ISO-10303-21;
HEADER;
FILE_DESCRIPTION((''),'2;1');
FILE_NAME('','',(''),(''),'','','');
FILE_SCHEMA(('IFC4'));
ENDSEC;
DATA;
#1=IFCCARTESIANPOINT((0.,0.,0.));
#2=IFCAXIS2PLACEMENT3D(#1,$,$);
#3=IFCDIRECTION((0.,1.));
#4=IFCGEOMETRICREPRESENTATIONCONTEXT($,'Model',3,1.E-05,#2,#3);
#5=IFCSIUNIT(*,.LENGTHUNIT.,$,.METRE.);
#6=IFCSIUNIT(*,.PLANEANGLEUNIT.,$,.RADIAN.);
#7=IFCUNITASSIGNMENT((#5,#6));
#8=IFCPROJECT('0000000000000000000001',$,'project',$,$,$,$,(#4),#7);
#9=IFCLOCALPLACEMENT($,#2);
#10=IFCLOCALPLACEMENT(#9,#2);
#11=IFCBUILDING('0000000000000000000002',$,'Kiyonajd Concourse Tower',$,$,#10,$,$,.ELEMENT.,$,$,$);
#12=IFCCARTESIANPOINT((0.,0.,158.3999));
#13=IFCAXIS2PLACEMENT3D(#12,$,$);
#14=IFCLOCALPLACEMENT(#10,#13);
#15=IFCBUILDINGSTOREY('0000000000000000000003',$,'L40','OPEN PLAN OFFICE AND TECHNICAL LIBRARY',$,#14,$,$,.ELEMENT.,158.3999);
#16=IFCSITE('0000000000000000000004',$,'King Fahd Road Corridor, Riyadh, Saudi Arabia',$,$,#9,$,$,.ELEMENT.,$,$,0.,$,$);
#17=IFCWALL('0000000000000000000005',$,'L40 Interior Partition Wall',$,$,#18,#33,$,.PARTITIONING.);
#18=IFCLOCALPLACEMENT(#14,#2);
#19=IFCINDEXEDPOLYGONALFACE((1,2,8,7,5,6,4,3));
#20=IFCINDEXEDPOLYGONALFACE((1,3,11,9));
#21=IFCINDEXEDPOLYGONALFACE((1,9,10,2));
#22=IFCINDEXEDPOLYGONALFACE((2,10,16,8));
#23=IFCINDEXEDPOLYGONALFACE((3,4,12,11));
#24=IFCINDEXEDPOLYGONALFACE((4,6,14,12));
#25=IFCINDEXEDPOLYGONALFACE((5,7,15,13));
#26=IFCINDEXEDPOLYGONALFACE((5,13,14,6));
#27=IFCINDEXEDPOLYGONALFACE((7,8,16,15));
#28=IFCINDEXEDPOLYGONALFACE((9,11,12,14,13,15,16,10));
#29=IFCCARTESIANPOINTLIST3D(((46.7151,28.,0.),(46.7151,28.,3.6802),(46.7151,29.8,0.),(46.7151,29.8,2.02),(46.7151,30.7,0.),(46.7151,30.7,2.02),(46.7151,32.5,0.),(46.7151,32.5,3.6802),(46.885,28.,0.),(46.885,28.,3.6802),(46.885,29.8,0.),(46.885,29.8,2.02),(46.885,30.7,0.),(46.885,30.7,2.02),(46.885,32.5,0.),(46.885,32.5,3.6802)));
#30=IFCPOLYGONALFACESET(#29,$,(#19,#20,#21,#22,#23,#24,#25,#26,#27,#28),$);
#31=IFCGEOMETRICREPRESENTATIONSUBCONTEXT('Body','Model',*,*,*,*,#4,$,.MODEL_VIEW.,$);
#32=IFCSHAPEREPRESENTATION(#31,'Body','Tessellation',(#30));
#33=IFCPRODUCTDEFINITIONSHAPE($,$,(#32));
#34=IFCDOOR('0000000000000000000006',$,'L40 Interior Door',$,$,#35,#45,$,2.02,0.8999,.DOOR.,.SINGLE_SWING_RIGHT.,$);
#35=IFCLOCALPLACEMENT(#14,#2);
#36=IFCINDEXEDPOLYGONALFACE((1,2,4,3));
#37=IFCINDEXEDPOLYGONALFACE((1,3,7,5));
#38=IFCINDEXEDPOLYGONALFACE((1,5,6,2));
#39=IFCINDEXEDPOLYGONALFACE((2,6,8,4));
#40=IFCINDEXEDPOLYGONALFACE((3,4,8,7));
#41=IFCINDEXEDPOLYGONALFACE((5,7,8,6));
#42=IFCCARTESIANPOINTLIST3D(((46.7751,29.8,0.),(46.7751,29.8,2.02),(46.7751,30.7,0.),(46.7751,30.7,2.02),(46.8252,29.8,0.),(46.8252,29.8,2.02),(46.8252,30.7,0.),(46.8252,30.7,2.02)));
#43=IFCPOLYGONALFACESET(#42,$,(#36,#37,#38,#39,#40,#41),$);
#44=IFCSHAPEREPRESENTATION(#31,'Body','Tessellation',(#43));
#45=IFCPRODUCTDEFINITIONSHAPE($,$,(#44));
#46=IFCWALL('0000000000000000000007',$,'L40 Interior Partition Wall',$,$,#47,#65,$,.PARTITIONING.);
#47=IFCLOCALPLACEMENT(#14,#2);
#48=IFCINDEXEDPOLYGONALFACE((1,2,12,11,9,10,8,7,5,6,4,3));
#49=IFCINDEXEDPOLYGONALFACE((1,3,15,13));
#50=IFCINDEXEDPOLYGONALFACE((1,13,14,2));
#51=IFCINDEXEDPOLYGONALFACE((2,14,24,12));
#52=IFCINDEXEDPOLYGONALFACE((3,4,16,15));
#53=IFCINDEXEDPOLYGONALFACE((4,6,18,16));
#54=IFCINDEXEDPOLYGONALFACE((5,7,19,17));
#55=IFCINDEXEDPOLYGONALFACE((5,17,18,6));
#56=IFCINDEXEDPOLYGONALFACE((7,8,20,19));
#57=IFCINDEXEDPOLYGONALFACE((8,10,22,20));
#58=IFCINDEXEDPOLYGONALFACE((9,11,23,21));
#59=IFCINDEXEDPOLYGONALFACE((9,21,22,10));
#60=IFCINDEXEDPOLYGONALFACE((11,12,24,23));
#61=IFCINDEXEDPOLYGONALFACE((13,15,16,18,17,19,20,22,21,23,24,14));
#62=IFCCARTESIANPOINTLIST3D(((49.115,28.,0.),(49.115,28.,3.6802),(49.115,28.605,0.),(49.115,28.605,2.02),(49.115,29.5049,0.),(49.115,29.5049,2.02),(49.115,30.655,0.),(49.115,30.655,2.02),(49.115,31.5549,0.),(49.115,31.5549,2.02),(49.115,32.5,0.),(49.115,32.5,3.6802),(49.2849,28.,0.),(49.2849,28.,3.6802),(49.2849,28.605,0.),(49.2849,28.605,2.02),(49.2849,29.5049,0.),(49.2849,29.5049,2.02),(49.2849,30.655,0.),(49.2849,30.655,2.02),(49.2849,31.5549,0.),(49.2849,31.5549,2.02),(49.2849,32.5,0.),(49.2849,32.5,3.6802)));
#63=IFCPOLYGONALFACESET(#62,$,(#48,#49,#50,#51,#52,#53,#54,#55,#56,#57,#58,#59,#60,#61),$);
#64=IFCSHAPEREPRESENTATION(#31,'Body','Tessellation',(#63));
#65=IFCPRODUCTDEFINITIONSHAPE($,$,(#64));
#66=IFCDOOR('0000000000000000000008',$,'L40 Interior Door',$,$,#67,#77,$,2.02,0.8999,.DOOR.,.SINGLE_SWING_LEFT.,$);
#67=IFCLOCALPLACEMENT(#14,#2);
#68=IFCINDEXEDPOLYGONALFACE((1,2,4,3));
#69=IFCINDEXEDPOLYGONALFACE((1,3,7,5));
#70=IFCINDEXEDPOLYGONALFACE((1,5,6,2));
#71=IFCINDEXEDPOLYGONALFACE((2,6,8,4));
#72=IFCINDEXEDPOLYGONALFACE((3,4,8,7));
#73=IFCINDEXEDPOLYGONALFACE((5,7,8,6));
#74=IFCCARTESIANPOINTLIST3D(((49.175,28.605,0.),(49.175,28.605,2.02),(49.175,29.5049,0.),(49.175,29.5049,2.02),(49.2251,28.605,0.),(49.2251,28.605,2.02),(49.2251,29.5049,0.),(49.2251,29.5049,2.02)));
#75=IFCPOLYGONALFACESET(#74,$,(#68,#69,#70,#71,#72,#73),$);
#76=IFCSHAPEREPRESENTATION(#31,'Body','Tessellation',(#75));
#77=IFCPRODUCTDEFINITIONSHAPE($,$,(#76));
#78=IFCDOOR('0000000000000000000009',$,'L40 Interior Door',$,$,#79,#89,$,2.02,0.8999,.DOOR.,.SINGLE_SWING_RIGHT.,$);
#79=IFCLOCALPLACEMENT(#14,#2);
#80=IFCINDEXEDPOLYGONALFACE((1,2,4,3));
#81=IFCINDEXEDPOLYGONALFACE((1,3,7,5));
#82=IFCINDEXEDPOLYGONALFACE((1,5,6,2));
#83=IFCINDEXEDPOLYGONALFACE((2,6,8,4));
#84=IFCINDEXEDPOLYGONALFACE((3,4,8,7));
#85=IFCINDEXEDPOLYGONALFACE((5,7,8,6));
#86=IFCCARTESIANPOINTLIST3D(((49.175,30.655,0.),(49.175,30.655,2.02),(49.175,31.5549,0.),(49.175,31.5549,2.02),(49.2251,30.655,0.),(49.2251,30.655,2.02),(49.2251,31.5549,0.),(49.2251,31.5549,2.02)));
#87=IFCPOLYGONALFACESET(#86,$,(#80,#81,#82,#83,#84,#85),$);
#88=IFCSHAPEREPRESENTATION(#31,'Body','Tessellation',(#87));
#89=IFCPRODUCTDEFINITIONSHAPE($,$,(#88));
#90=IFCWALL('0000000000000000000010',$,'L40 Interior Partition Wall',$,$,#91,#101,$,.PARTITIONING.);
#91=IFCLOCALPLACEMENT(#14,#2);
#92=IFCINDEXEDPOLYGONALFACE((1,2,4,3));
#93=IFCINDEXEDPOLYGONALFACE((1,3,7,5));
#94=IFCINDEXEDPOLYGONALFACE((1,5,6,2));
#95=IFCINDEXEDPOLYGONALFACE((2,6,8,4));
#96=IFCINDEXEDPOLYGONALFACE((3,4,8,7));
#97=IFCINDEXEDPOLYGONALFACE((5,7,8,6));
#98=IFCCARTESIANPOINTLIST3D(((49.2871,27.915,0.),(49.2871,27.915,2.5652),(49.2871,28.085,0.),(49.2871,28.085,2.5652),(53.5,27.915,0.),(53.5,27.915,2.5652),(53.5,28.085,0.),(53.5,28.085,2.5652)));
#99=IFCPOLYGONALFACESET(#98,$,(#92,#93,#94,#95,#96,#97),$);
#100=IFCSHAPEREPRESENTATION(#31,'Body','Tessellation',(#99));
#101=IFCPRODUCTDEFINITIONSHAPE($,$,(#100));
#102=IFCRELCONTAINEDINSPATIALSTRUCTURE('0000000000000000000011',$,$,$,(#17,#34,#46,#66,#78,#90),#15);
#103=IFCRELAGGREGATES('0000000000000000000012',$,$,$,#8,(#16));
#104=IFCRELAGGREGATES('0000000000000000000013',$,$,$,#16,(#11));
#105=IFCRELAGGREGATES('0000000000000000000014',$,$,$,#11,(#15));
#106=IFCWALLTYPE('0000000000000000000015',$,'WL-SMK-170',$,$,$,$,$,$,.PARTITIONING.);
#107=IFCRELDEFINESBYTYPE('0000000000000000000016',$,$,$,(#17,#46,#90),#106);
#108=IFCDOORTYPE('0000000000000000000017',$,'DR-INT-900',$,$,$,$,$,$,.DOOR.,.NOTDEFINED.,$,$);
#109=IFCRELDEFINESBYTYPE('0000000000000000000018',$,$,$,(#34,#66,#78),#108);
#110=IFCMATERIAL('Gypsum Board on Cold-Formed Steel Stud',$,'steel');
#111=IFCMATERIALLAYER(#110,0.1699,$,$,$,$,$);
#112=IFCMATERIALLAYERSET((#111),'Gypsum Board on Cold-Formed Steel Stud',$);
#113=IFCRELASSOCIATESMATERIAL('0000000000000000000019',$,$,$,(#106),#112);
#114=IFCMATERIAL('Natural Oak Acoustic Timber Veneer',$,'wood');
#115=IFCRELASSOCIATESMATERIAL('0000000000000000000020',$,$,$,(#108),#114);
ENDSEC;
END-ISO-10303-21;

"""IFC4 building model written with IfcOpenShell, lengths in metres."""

from ifc_helpers import new_model, si_unit, direction, frame, frame_2d, origin, place, context, subcontext, project, spatial, rectangle, extrude, material, layer, layer_set, type_object, element, fill, save


model = new_model("IFC4")

# Units and contexts
model_context = context("Model", 3, precision=1e-05, world=origin(), true_north=direction((0.0, 1.0)))
body_context = subcontext(model_context, "Body", "Model", "MODEL_VIEW")
ifc_project = project(units=[si_unit("LENGTHUNIT", "METRE"), si_unit("PLANEANGLEUNIT", "RADIAN")], contexts=[model_context])

# Site, building, storey
site_placement = place(None, origin())
site = spatial("IfcSite", under=ifc_project, at=site_placement, Name="King Fahd Road Corridor, Riyadh, Saudi Arabia", CompositionType="ELEMENT", RefElevation=0.0)
building_placement = place(site_placement, origin())
building = spatial("IfcBuilding", under=site, at=building_placement, Name="Kiyonajd Concourse Tower", CompositionType="ELEMENT")
storey_placement = place(building_placement, frame((0.0, 0.0, 158.3999)))
storey = spatial("IfcBuildingStorey", under=building, at=storey_placement, Name="L40", Description="OPEN PLAN OFFICE AND TECHNICAL LIBRARY", CompositionType="ELEMENT", Elevation=158.3999)

# Shared definitions
ifc_material_1 = material(Name="Gypsum Board on Cold-Formed Steel Stud", Category="steel")

# Shared definitions
ifc_layer_1 = layer(ifc_material_1, 0.1699)
ifc_layer_set_1 = layer_set([ifc_layer_1], Name="Gypsum Board on Cold-Formed Steel Stud")
wall_type_1 = type_object("IfcWallType", Name="WL-SMK-170", PredefinedType="PARTITIONING", material=ifc_layer_set_1)
ifc_material_2 = material(Name="Natural Oak Acoustic Timber Veneer", Category="wood")
door_type = type_object("IfcDoorType", Name="DR-INT-900", OperationType="NOTDEFINED", PredefinedType="DOOR", material=ifc_material_2)

# Wall, opening, door
wall_1_placement = place(storey_placement, frame((46.8, 28.0, 0.0), z_axis=(0.0, 0.0, 1.0), x_axis=(0.0, 1.0, 0.0)))
wall_1 = element("IfcWall", 1, at=wall_1_placement, inside=storey, type_object=wall_type_1, Name="L40 Interior Partition Wall", PredefinedType="PARTITIONING", context=body_context, shape_type="SweptSolid", body=[
    extrude(rectangle(XDim=4.5, YDim=0.1699, at=frame_2d((2.25, 0.0))), origin(), (0.0, 0.0, 1.0), 3.6802),
])
opening_1_placement = place(wall_1_placement, frame((1.8, 0.0, 0.0)))
opening_1 = element("IfcOpeningElement", 2, at=opening_1_placement, cuts=wall_1, PredefinedType="OPENING", context=body_context, shape_type="SweptSolid", body=[
    extrude(rectangle(XDim=0.8999, YDim=2.02, at=frame_2d((0.45, 1.01))), frame((0.0, 0.095, 0.0), z_axis=(0.0, -1.0, 0.0), x_axis=(1.0, 0.0, 0.0)), (0.0, 0.0, 1.0), 0.1899),
])
door_1_placement = place(opening_1_placement, origin())
door_1 = element("IfcDoor", 3, at=door_1_placement, inside=storey, type_object=door_type, Name="L40 Interior Door", OperationType="SINGLE_SWING_RIGHT", OverallHeight=2.02, OverallWidth=0.8999, PredefinedType="DOOR", context=body_context, shape_type="SweptSolid", body=[
    extrude(rectangle(XDim=0.8999, YDim=2.02, at=frame_2d((0.45, 1.01))), frame((0.0, 0.0249, 0.0), z_axis=(0.0, -1.0, 0.0), x_axis=(1.0, 0.0, 0.0)), (0.0, 0.0, 1.0), 0.05),
])
fill(opening_1, door_1)

# Wall, openings, doors
wall_2_placement = place(storey_placement, frame((49.2, 28.0, 0.0), z_axis=(0.0, 0.0, 1.0), x_axis=(0.0, 1.0, 0.0)))
wall_2 = element("IfcWall", 4, at=wall_2_placement, inside=storey, type_object=wall_type_1, Name="L40 Interior Partition Wall", PredefinedType="PARTITIONING", context=body_context, shape_type="SweptSolid", body=[
    extrude(rectangle(XDim=4.5, YDim=0.1699, at=frame_2d((2.25, 0.0))), origin(), (0.0, 0.0, 1.0), 3.6802),
])
opening_2_placement = place(wall_2_placement, frame((0.605, 0.0, 0.0)))
opening_2 = element("IfcOpeningElement", 5, at=opening_2_placement, cuts=wall_2, PredefinedType="OPENING", context=body_context, shape_type="SweptSolid", body=[
    extrude(rectangle(XDim=0.8999, YDim=2.02, at=frame_2d((0.45, 1.01))), frame((0.0, 0.095, 0.0), z_axis=(0.0, -1.0, 0.0), x_axis=(1.0, 0.0, 0.0)), (0.0, 0.0, 1.0), 0.1899),
])
opening_3_placement = place(wall_2_placement, frame((2.655, 0.0, 0.0)))
opening_3 = element("IfcOpeningElement", 6, at=opening_3_placement, cuts=wall_2, PredefinedType="OPENING", context=body_context, shape_type="SweptSolid", body=[
    extrude(rectangle(XDim=0.8999, YDim=2.02, at=frame_2d((0.45, 1.01))), frame((0.0, 0.095, 0.0), z_axis=(0.0, -1.0, 0.0), x_axis=(1.0, 0.0, 0.0)), (0.0, 0.0, 1.0), 0.1899),
])
door_2_placement = place(opening_2_placement, origin())
door_2 = element("IfcDoor", 7, at=door_2_placement, inside=storey, type_object=door_type, Name="L40 Interior Door", OperationType="SINGLE_SWING_LEFT", OverallHeight=2.02, OverallWidth=0.8999, PredefinedType="DOOR", context=body_context, shape_type="SweptSolid", body=[
    extrude(rectangle(XDim=0.8999, YDim=2.02, at=frame_2d((0.45, 1.01))), frame((0.0, 0.0249, 0.0), z_axis=(0.0, -1.0, 0.0), x_axis=(1.0, 0.0, 0.0)), (0.0, 0.0, 1.0), 0.05),
])
fill(opening_2, door_2)
door_3_placement = place(opening_3_placement, origin())
door_3 = element("IfcDoor", 8, at=door_3_placement, inside=storey, type_object=door_type, Name="L40 Interior Door", OperationType="SINGLE_SWING_RIGHT", OverallHeight=2.02, OverallWidth=0.8999, PredefinedType="DOOR", context=body_context, shape_type="SweptSolid", body=[
    extrude(rectangle(XDim=0.8999, YDim=2.02, at=frame_2d((0.45, 1.01))), frame((0.0, 0.0249, 0.0), z_axis=(0.0, -1.0, 0.0), x_axis=(1.0, 0.0, 0.0)), (0.0, 0.0, 1.0), 0.05),
])
fill(opening_3, door_3)

# Wall
wall_3_placement = place(storey_placement, frame((49.2871, 28.0, 0.0), z_axis=(0.0, 0.0, 1.0), x_axis=(1.0, 0.0, 0.0)))
element("IfcWall", 9, at=wall_3_placement, inside=storey, type_object=wall_type_1, Name="L40 Interior Partition Wall", PredefinedType="PARTITIONING", context=body_context, shape_type="SweptSolid", body=[
    extrude(rectangle(XDim=4.2129, YDim=0.1699, at=frame_2d((2.1064, 0.0))), origin(), (0.0, 0.0, 1.0), 2.5652),
])

save(model, "model.ifc")
